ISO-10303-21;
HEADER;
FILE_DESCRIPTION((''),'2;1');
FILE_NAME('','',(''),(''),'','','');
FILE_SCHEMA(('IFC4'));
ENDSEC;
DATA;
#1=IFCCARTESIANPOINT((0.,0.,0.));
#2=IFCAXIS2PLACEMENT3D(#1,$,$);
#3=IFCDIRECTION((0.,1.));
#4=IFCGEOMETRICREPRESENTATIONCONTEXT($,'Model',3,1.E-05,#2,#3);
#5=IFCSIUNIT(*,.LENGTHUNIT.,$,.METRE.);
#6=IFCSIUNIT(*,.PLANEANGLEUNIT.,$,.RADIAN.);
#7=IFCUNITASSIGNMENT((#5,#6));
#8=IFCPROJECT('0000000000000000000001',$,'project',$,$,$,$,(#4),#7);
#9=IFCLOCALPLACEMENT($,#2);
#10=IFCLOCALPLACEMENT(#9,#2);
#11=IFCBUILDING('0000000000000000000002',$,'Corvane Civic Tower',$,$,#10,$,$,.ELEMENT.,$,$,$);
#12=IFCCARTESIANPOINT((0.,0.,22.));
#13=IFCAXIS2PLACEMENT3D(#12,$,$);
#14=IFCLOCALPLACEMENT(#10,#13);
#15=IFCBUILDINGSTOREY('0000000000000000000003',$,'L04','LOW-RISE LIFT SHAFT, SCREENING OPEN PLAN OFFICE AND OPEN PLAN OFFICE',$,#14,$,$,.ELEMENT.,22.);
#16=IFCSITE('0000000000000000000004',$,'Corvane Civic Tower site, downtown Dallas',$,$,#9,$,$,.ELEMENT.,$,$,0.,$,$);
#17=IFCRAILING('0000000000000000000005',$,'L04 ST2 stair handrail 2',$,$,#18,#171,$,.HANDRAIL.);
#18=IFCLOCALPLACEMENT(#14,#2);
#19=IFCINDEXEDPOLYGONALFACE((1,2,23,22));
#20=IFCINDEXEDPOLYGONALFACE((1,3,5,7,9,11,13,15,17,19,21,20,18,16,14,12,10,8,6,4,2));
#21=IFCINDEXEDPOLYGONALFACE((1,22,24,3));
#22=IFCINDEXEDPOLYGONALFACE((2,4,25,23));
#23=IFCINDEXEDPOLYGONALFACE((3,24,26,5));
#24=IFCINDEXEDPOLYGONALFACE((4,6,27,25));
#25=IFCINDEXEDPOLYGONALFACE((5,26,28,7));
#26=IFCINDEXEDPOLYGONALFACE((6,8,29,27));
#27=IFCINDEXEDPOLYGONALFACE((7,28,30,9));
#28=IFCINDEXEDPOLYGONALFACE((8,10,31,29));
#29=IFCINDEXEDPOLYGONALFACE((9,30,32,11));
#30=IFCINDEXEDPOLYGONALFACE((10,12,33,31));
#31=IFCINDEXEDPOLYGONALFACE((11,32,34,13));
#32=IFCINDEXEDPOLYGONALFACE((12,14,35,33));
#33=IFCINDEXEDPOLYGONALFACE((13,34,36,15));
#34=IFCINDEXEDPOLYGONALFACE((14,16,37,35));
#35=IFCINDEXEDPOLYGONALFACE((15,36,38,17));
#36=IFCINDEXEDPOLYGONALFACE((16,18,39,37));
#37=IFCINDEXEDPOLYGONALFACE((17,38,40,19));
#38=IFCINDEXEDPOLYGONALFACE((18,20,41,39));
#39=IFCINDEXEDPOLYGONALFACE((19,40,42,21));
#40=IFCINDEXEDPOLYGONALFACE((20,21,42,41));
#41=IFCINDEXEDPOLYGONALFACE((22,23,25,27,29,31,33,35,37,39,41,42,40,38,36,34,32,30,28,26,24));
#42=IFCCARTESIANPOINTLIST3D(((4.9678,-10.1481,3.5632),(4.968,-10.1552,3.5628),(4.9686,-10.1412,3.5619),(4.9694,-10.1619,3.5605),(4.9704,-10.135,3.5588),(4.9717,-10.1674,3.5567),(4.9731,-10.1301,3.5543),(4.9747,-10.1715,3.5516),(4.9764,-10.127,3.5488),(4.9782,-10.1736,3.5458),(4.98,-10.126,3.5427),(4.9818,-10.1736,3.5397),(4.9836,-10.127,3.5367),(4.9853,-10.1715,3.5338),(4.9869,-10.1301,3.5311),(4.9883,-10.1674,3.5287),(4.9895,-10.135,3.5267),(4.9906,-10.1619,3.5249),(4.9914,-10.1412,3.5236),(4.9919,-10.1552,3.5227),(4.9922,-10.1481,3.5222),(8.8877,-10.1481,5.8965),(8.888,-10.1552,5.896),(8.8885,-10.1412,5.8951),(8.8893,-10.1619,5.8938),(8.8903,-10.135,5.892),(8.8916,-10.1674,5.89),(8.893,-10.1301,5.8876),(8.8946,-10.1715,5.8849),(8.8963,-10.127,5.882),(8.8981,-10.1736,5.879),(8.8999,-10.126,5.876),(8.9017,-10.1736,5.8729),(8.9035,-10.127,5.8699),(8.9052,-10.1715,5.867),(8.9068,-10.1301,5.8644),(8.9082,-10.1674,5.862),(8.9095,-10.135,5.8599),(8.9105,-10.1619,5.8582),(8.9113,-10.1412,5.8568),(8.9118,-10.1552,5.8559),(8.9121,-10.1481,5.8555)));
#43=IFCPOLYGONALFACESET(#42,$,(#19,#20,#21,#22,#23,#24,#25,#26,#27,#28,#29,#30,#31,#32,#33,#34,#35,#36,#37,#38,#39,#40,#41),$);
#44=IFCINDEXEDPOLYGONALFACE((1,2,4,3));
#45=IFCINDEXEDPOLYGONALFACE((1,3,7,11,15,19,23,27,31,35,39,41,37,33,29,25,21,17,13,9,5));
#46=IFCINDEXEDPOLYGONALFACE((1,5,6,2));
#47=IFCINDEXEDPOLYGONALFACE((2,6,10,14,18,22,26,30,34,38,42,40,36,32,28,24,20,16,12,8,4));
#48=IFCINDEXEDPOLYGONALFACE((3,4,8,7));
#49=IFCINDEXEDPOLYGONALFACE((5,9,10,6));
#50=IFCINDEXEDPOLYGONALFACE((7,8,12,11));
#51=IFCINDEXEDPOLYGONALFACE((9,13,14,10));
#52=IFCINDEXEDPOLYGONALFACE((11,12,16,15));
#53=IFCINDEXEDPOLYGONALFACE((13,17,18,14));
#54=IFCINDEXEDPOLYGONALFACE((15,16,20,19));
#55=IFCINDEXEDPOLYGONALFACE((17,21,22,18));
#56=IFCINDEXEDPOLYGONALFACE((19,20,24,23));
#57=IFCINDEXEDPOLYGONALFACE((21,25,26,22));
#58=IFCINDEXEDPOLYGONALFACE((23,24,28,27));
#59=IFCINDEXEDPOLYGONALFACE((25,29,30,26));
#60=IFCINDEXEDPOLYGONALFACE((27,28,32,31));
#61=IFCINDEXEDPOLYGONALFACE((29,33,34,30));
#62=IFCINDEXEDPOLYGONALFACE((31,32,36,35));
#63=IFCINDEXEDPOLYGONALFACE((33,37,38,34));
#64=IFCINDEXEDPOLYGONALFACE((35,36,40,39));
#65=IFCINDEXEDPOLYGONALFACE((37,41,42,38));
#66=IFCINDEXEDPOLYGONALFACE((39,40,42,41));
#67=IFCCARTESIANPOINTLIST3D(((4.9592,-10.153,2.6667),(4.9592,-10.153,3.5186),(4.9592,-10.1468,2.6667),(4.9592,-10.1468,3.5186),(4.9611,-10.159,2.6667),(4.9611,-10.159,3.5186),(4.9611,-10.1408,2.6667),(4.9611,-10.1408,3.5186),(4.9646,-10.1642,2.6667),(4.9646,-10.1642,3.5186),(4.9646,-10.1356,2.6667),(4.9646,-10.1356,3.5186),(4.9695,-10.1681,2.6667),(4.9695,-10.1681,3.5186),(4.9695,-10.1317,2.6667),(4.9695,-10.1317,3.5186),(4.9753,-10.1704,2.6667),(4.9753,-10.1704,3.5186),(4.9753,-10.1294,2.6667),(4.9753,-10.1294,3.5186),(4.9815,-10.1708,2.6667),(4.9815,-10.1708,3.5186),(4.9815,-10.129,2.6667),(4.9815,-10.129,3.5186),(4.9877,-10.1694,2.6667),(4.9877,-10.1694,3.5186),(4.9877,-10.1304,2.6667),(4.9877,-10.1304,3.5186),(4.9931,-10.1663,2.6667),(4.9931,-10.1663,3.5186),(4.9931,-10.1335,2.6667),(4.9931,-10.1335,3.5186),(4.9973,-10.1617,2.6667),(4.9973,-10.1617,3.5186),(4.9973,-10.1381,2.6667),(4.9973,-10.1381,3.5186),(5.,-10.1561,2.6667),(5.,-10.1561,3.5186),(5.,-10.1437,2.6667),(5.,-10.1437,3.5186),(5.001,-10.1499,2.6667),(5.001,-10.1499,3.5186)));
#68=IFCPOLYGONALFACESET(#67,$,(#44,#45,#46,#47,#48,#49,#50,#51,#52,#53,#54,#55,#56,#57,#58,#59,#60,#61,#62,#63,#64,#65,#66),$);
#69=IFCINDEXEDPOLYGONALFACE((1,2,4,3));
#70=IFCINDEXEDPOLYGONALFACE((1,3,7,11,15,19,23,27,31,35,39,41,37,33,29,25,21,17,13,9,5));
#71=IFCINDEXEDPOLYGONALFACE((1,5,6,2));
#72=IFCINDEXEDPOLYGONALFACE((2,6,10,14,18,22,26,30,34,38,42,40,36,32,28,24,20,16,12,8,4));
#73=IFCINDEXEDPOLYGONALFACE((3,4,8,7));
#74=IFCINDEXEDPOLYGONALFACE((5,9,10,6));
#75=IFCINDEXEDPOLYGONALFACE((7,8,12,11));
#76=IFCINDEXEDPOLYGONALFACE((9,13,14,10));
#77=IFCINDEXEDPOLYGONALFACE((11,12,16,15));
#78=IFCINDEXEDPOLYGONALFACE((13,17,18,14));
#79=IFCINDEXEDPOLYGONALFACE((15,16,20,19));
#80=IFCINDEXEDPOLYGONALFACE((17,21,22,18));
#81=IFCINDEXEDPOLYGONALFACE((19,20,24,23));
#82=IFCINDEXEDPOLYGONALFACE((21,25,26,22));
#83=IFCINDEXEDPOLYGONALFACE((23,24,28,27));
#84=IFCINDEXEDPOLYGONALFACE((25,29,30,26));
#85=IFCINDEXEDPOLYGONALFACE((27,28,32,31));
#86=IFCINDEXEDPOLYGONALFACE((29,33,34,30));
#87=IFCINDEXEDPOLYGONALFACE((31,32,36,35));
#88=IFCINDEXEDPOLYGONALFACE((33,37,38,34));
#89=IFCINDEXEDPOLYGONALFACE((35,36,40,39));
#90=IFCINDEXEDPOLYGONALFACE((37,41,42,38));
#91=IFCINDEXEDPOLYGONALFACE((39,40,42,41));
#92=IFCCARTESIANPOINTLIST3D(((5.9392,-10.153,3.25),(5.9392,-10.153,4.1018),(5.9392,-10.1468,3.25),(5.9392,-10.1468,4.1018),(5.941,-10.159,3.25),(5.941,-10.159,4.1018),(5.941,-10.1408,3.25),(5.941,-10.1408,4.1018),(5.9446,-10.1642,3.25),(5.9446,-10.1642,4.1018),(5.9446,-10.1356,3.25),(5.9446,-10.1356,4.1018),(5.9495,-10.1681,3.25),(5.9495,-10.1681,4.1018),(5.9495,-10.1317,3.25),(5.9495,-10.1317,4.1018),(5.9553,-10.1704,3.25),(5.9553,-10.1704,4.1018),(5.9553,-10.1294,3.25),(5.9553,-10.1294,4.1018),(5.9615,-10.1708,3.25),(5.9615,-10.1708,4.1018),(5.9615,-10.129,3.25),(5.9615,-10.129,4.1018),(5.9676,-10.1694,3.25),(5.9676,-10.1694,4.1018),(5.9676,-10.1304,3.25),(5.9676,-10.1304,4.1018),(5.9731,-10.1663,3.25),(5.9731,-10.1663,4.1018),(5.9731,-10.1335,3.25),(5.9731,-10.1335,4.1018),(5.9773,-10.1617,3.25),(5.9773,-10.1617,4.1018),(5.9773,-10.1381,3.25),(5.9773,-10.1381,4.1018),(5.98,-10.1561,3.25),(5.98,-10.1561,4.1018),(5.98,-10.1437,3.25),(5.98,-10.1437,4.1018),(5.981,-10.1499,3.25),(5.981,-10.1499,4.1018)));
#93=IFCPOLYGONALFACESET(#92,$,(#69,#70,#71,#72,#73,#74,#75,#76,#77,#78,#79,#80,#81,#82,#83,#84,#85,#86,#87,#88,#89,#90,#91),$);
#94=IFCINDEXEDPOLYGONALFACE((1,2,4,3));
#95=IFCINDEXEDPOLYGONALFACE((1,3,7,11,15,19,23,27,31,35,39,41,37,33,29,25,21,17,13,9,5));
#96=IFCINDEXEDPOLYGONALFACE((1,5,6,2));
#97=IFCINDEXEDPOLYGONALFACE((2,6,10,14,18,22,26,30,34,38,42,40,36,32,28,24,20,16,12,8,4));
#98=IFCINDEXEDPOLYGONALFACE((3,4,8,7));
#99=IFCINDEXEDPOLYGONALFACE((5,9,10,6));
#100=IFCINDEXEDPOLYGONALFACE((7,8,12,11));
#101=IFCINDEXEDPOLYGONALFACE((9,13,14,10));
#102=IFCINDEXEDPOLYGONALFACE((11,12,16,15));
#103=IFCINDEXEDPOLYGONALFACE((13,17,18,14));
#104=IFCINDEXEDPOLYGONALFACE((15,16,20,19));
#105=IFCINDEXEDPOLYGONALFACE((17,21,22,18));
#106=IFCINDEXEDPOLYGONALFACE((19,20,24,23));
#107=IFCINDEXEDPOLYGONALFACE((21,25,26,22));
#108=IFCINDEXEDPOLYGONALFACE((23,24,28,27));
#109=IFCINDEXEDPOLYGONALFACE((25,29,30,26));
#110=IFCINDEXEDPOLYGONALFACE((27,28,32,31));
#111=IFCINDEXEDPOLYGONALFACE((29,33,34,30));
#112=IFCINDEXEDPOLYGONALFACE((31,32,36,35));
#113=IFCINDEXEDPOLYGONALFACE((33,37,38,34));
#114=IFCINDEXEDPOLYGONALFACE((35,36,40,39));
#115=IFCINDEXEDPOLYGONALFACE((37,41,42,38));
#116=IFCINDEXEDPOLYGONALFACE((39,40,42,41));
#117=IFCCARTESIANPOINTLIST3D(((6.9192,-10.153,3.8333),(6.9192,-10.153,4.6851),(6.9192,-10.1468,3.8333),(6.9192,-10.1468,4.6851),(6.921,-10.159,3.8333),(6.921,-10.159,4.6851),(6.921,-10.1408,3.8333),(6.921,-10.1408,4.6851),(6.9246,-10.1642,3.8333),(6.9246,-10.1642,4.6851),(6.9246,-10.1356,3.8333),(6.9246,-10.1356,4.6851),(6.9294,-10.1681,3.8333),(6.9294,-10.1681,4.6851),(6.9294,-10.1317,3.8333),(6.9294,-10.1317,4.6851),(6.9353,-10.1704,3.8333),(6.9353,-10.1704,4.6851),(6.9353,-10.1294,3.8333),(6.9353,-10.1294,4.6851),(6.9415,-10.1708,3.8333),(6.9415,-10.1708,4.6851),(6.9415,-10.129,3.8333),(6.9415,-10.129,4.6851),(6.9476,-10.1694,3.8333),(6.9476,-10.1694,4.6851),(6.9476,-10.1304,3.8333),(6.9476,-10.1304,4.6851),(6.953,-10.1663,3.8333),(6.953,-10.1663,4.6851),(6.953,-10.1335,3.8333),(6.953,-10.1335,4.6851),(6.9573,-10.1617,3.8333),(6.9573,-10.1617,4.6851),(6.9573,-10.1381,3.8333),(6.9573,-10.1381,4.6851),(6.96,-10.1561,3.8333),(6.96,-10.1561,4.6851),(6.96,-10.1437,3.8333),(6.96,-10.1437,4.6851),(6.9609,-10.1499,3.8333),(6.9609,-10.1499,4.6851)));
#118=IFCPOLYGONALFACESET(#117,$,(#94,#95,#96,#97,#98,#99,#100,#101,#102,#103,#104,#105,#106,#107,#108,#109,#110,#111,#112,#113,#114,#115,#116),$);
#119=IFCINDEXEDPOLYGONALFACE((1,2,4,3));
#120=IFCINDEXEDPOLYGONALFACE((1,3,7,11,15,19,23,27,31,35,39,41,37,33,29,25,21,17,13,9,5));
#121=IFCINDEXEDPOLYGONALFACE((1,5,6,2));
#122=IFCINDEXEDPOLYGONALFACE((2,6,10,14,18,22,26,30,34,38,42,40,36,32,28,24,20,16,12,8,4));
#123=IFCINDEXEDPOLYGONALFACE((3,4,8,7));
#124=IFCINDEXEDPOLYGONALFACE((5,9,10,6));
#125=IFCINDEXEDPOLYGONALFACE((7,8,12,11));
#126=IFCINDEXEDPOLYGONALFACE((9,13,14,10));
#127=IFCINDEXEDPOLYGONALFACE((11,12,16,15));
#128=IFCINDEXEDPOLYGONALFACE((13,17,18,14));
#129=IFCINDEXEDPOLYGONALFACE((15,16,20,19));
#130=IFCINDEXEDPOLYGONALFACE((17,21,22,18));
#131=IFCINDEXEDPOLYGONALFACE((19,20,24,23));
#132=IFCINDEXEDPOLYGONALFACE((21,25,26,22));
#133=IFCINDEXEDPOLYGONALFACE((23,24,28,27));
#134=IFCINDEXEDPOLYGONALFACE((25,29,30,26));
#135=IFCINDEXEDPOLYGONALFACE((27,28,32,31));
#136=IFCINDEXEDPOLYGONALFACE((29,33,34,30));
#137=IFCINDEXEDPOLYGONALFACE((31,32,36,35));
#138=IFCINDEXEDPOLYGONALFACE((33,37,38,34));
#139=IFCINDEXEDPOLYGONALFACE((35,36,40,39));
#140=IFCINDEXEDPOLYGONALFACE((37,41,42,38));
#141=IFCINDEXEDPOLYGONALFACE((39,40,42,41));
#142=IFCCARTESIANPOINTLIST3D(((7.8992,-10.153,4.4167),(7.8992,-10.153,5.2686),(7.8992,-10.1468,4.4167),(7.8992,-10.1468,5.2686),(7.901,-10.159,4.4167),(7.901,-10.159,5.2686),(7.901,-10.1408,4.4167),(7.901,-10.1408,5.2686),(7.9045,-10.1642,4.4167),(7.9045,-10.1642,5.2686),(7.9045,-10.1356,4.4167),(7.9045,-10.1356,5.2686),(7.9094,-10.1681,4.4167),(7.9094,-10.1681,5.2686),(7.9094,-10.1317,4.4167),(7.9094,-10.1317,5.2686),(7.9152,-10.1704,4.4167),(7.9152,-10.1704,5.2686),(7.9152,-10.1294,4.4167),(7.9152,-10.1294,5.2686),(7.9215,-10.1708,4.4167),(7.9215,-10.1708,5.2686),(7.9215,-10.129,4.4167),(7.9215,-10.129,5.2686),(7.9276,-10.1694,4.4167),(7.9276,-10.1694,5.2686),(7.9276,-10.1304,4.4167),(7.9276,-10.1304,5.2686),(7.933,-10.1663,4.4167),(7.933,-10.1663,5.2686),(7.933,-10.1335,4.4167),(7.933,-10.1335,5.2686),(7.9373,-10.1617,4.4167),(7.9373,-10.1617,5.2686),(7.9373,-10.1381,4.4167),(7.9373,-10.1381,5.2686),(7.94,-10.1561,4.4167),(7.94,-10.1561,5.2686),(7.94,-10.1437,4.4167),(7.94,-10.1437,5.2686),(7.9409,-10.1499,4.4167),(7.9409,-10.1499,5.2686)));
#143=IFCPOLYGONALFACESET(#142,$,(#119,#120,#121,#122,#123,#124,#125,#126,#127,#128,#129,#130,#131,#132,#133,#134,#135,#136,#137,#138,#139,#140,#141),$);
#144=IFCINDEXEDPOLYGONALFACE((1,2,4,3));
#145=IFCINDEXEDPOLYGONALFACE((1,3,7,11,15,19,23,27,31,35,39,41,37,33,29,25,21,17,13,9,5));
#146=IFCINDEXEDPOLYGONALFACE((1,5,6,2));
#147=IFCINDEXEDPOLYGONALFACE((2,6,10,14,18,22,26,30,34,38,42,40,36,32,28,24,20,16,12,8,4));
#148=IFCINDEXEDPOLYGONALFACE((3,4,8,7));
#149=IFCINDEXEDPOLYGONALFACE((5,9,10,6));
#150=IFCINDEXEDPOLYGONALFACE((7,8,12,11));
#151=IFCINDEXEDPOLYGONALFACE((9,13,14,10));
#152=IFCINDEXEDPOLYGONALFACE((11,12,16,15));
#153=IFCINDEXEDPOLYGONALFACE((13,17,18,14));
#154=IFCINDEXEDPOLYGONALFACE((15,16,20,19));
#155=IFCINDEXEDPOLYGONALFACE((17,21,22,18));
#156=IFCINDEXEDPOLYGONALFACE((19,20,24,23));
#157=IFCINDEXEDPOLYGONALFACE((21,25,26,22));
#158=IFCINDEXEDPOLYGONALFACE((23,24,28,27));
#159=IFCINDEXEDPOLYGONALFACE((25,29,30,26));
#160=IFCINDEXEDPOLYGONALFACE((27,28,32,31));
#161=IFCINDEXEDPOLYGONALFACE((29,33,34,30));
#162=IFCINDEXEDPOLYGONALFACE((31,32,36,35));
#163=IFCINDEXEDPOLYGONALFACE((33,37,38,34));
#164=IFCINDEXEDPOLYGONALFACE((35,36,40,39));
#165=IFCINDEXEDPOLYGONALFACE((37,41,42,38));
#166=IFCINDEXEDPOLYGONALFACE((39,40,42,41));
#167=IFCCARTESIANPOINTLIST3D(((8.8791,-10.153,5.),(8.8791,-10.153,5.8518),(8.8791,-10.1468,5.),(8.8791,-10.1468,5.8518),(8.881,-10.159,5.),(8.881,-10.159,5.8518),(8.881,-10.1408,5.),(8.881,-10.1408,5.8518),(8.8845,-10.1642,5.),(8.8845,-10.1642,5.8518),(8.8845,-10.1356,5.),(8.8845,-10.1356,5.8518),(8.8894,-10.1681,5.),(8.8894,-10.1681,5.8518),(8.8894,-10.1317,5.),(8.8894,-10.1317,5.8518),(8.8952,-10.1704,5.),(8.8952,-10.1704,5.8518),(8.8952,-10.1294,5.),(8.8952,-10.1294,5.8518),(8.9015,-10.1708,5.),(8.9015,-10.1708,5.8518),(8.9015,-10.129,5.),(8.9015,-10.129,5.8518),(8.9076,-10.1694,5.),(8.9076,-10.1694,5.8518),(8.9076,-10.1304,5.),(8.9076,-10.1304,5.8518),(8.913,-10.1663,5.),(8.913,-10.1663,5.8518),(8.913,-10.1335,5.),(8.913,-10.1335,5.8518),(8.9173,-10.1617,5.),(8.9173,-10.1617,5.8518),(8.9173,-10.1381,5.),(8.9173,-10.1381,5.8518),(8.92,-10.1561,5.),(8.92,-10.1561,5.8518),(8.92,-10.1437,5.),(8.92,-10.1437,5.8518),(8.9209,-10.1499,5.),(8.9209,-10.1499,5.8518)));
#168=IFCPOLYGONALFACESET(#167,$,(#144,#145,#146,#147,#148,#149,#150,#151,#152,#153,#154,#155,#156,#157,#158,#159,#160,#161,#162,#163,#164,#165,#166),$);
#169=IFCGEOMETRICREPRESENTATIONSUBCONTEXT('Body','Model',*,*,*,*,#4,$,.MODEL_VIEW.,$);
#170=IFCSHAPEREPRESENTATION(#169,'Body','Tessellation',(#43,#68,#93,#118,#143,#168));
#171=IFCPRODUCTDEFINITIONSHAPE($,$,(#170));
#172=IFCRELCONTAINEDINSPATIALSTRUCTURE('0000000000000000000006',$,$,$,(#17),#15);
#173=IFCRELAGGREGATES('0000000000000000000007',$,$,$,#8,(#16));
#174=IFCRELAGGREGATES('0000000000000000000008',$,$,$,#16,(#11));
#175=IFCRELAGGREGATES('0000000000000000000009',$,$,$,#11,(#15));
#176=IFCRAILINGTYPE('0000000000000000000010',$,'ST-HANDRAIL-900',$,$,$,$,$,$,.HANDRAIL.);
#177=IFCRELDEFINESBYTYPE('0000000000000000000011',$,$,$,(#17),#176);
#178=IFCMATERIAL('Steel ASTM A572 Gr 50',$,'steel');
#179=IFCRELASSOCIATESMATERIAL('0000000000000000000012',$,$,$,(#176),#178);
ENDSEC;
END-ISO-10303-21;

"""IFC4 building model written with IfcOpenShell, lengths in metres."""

from ifc_helpers import new_model, si_unit, direction, frame, origin, origin_2d, place, context, subcontext, project, spatial, circle, extrude, material, type_object, element, save


model = new_model("IFC4")

# Units and contexts
model_context = context("Model", 3, precision=1e-05, world=origin(), true_north=direction((0.0, 1.0)))
body_context = subcontext(model_context, "Body", "Model", "MODEL_VIEW")
ifc_project = project(units=[si_unit("LENGTHUNIT", "METRE"), si_unit("PLANEANGLEUNIT", "RADIAN")], contexts=[model_context])

# Site, building, storey
site_placement = place(None, origin())
site = spatial("IfcSite", under=ifc_project, at=site_placement, Name="Corvane Civic Tower site, downtown Dallas", CompositionType="ELEMENT", RefElevation=0.0)
building_placement = place(site_placement, origin())
building = spatial("IfcBuilding", under=site, at=building_placement, Name="Corvane Civic Tower", CompositionType="ELEMENT")
storey_placement = place(building_placement, frame((0.0, 0.0, 22.0)))
storey = spatial("IfcBuildingStorey", under=building, at=storey_placement, Name="L04", Description="LOW-RISE LIFT SHAFT, SCREENING OPEN PLAN OFFICE AND OPEN PLAN OFFICE", CompositionType="ELEMENT", Elevation=22.0)

# Railing
ifc_material_1 = material(Name="Steel ASTM A572 Gr 50", Category="steel")
railing_type = type_object("IfcRailingType", Name="ST-HANDRAIL-900", PredefinedType="HANDRAIL", material=ifc_material_1)
railing_placement = place(storey_placement, frame((4.98, -10.1499, 2.6667)))
element("IfcRailing", 1, at=railing_placement, inside=storey, type_object=railing_type, Name="L04 ST2 stair handrail 2", PredefinedType="HANDRAIL", context=body_context, shape_type="SweptSolid", body=[
    extrude(circle(Radius=0.0239, at=origin_2d()), frame((0.0, 0.0, 0.876), z_axis=(0.859296, 0.0, 0.511478), x_axis=(0.0, 1.0, 0.0)), (0.0, 0.0, 1.0), 4.5618),
    extrude(circle(Radius=0.021, at=origin_2d()), origin(), (0.0, 0.0, 1.0), 0.8518),
    extrude(circle(Radius=0.021, at=origin_2d()), frame((0.98, 0.0, 0.5833)), (0.0, 0.0, 1.0), 0.8518),
    extrude(circle(Radius=0.021, at=origin_2d()), frame((1.96, 0.0, 1.1665)), (0.0, 0.0, 1.0), 0.8518),
    extrude(circle(Radius=0.021, at=origin_2d()), frame((2.9399, 0.0, 1.75)), (0.0, 0.0, 1.0), 0.8518),
    extrude(circle(Radius=0.021, at=origin_2d()), frame((3.9199, 0.0, 2.3333)), (0.0, 0.0, 1.0), 0.8518),
])

save(model, "model.ifc")
